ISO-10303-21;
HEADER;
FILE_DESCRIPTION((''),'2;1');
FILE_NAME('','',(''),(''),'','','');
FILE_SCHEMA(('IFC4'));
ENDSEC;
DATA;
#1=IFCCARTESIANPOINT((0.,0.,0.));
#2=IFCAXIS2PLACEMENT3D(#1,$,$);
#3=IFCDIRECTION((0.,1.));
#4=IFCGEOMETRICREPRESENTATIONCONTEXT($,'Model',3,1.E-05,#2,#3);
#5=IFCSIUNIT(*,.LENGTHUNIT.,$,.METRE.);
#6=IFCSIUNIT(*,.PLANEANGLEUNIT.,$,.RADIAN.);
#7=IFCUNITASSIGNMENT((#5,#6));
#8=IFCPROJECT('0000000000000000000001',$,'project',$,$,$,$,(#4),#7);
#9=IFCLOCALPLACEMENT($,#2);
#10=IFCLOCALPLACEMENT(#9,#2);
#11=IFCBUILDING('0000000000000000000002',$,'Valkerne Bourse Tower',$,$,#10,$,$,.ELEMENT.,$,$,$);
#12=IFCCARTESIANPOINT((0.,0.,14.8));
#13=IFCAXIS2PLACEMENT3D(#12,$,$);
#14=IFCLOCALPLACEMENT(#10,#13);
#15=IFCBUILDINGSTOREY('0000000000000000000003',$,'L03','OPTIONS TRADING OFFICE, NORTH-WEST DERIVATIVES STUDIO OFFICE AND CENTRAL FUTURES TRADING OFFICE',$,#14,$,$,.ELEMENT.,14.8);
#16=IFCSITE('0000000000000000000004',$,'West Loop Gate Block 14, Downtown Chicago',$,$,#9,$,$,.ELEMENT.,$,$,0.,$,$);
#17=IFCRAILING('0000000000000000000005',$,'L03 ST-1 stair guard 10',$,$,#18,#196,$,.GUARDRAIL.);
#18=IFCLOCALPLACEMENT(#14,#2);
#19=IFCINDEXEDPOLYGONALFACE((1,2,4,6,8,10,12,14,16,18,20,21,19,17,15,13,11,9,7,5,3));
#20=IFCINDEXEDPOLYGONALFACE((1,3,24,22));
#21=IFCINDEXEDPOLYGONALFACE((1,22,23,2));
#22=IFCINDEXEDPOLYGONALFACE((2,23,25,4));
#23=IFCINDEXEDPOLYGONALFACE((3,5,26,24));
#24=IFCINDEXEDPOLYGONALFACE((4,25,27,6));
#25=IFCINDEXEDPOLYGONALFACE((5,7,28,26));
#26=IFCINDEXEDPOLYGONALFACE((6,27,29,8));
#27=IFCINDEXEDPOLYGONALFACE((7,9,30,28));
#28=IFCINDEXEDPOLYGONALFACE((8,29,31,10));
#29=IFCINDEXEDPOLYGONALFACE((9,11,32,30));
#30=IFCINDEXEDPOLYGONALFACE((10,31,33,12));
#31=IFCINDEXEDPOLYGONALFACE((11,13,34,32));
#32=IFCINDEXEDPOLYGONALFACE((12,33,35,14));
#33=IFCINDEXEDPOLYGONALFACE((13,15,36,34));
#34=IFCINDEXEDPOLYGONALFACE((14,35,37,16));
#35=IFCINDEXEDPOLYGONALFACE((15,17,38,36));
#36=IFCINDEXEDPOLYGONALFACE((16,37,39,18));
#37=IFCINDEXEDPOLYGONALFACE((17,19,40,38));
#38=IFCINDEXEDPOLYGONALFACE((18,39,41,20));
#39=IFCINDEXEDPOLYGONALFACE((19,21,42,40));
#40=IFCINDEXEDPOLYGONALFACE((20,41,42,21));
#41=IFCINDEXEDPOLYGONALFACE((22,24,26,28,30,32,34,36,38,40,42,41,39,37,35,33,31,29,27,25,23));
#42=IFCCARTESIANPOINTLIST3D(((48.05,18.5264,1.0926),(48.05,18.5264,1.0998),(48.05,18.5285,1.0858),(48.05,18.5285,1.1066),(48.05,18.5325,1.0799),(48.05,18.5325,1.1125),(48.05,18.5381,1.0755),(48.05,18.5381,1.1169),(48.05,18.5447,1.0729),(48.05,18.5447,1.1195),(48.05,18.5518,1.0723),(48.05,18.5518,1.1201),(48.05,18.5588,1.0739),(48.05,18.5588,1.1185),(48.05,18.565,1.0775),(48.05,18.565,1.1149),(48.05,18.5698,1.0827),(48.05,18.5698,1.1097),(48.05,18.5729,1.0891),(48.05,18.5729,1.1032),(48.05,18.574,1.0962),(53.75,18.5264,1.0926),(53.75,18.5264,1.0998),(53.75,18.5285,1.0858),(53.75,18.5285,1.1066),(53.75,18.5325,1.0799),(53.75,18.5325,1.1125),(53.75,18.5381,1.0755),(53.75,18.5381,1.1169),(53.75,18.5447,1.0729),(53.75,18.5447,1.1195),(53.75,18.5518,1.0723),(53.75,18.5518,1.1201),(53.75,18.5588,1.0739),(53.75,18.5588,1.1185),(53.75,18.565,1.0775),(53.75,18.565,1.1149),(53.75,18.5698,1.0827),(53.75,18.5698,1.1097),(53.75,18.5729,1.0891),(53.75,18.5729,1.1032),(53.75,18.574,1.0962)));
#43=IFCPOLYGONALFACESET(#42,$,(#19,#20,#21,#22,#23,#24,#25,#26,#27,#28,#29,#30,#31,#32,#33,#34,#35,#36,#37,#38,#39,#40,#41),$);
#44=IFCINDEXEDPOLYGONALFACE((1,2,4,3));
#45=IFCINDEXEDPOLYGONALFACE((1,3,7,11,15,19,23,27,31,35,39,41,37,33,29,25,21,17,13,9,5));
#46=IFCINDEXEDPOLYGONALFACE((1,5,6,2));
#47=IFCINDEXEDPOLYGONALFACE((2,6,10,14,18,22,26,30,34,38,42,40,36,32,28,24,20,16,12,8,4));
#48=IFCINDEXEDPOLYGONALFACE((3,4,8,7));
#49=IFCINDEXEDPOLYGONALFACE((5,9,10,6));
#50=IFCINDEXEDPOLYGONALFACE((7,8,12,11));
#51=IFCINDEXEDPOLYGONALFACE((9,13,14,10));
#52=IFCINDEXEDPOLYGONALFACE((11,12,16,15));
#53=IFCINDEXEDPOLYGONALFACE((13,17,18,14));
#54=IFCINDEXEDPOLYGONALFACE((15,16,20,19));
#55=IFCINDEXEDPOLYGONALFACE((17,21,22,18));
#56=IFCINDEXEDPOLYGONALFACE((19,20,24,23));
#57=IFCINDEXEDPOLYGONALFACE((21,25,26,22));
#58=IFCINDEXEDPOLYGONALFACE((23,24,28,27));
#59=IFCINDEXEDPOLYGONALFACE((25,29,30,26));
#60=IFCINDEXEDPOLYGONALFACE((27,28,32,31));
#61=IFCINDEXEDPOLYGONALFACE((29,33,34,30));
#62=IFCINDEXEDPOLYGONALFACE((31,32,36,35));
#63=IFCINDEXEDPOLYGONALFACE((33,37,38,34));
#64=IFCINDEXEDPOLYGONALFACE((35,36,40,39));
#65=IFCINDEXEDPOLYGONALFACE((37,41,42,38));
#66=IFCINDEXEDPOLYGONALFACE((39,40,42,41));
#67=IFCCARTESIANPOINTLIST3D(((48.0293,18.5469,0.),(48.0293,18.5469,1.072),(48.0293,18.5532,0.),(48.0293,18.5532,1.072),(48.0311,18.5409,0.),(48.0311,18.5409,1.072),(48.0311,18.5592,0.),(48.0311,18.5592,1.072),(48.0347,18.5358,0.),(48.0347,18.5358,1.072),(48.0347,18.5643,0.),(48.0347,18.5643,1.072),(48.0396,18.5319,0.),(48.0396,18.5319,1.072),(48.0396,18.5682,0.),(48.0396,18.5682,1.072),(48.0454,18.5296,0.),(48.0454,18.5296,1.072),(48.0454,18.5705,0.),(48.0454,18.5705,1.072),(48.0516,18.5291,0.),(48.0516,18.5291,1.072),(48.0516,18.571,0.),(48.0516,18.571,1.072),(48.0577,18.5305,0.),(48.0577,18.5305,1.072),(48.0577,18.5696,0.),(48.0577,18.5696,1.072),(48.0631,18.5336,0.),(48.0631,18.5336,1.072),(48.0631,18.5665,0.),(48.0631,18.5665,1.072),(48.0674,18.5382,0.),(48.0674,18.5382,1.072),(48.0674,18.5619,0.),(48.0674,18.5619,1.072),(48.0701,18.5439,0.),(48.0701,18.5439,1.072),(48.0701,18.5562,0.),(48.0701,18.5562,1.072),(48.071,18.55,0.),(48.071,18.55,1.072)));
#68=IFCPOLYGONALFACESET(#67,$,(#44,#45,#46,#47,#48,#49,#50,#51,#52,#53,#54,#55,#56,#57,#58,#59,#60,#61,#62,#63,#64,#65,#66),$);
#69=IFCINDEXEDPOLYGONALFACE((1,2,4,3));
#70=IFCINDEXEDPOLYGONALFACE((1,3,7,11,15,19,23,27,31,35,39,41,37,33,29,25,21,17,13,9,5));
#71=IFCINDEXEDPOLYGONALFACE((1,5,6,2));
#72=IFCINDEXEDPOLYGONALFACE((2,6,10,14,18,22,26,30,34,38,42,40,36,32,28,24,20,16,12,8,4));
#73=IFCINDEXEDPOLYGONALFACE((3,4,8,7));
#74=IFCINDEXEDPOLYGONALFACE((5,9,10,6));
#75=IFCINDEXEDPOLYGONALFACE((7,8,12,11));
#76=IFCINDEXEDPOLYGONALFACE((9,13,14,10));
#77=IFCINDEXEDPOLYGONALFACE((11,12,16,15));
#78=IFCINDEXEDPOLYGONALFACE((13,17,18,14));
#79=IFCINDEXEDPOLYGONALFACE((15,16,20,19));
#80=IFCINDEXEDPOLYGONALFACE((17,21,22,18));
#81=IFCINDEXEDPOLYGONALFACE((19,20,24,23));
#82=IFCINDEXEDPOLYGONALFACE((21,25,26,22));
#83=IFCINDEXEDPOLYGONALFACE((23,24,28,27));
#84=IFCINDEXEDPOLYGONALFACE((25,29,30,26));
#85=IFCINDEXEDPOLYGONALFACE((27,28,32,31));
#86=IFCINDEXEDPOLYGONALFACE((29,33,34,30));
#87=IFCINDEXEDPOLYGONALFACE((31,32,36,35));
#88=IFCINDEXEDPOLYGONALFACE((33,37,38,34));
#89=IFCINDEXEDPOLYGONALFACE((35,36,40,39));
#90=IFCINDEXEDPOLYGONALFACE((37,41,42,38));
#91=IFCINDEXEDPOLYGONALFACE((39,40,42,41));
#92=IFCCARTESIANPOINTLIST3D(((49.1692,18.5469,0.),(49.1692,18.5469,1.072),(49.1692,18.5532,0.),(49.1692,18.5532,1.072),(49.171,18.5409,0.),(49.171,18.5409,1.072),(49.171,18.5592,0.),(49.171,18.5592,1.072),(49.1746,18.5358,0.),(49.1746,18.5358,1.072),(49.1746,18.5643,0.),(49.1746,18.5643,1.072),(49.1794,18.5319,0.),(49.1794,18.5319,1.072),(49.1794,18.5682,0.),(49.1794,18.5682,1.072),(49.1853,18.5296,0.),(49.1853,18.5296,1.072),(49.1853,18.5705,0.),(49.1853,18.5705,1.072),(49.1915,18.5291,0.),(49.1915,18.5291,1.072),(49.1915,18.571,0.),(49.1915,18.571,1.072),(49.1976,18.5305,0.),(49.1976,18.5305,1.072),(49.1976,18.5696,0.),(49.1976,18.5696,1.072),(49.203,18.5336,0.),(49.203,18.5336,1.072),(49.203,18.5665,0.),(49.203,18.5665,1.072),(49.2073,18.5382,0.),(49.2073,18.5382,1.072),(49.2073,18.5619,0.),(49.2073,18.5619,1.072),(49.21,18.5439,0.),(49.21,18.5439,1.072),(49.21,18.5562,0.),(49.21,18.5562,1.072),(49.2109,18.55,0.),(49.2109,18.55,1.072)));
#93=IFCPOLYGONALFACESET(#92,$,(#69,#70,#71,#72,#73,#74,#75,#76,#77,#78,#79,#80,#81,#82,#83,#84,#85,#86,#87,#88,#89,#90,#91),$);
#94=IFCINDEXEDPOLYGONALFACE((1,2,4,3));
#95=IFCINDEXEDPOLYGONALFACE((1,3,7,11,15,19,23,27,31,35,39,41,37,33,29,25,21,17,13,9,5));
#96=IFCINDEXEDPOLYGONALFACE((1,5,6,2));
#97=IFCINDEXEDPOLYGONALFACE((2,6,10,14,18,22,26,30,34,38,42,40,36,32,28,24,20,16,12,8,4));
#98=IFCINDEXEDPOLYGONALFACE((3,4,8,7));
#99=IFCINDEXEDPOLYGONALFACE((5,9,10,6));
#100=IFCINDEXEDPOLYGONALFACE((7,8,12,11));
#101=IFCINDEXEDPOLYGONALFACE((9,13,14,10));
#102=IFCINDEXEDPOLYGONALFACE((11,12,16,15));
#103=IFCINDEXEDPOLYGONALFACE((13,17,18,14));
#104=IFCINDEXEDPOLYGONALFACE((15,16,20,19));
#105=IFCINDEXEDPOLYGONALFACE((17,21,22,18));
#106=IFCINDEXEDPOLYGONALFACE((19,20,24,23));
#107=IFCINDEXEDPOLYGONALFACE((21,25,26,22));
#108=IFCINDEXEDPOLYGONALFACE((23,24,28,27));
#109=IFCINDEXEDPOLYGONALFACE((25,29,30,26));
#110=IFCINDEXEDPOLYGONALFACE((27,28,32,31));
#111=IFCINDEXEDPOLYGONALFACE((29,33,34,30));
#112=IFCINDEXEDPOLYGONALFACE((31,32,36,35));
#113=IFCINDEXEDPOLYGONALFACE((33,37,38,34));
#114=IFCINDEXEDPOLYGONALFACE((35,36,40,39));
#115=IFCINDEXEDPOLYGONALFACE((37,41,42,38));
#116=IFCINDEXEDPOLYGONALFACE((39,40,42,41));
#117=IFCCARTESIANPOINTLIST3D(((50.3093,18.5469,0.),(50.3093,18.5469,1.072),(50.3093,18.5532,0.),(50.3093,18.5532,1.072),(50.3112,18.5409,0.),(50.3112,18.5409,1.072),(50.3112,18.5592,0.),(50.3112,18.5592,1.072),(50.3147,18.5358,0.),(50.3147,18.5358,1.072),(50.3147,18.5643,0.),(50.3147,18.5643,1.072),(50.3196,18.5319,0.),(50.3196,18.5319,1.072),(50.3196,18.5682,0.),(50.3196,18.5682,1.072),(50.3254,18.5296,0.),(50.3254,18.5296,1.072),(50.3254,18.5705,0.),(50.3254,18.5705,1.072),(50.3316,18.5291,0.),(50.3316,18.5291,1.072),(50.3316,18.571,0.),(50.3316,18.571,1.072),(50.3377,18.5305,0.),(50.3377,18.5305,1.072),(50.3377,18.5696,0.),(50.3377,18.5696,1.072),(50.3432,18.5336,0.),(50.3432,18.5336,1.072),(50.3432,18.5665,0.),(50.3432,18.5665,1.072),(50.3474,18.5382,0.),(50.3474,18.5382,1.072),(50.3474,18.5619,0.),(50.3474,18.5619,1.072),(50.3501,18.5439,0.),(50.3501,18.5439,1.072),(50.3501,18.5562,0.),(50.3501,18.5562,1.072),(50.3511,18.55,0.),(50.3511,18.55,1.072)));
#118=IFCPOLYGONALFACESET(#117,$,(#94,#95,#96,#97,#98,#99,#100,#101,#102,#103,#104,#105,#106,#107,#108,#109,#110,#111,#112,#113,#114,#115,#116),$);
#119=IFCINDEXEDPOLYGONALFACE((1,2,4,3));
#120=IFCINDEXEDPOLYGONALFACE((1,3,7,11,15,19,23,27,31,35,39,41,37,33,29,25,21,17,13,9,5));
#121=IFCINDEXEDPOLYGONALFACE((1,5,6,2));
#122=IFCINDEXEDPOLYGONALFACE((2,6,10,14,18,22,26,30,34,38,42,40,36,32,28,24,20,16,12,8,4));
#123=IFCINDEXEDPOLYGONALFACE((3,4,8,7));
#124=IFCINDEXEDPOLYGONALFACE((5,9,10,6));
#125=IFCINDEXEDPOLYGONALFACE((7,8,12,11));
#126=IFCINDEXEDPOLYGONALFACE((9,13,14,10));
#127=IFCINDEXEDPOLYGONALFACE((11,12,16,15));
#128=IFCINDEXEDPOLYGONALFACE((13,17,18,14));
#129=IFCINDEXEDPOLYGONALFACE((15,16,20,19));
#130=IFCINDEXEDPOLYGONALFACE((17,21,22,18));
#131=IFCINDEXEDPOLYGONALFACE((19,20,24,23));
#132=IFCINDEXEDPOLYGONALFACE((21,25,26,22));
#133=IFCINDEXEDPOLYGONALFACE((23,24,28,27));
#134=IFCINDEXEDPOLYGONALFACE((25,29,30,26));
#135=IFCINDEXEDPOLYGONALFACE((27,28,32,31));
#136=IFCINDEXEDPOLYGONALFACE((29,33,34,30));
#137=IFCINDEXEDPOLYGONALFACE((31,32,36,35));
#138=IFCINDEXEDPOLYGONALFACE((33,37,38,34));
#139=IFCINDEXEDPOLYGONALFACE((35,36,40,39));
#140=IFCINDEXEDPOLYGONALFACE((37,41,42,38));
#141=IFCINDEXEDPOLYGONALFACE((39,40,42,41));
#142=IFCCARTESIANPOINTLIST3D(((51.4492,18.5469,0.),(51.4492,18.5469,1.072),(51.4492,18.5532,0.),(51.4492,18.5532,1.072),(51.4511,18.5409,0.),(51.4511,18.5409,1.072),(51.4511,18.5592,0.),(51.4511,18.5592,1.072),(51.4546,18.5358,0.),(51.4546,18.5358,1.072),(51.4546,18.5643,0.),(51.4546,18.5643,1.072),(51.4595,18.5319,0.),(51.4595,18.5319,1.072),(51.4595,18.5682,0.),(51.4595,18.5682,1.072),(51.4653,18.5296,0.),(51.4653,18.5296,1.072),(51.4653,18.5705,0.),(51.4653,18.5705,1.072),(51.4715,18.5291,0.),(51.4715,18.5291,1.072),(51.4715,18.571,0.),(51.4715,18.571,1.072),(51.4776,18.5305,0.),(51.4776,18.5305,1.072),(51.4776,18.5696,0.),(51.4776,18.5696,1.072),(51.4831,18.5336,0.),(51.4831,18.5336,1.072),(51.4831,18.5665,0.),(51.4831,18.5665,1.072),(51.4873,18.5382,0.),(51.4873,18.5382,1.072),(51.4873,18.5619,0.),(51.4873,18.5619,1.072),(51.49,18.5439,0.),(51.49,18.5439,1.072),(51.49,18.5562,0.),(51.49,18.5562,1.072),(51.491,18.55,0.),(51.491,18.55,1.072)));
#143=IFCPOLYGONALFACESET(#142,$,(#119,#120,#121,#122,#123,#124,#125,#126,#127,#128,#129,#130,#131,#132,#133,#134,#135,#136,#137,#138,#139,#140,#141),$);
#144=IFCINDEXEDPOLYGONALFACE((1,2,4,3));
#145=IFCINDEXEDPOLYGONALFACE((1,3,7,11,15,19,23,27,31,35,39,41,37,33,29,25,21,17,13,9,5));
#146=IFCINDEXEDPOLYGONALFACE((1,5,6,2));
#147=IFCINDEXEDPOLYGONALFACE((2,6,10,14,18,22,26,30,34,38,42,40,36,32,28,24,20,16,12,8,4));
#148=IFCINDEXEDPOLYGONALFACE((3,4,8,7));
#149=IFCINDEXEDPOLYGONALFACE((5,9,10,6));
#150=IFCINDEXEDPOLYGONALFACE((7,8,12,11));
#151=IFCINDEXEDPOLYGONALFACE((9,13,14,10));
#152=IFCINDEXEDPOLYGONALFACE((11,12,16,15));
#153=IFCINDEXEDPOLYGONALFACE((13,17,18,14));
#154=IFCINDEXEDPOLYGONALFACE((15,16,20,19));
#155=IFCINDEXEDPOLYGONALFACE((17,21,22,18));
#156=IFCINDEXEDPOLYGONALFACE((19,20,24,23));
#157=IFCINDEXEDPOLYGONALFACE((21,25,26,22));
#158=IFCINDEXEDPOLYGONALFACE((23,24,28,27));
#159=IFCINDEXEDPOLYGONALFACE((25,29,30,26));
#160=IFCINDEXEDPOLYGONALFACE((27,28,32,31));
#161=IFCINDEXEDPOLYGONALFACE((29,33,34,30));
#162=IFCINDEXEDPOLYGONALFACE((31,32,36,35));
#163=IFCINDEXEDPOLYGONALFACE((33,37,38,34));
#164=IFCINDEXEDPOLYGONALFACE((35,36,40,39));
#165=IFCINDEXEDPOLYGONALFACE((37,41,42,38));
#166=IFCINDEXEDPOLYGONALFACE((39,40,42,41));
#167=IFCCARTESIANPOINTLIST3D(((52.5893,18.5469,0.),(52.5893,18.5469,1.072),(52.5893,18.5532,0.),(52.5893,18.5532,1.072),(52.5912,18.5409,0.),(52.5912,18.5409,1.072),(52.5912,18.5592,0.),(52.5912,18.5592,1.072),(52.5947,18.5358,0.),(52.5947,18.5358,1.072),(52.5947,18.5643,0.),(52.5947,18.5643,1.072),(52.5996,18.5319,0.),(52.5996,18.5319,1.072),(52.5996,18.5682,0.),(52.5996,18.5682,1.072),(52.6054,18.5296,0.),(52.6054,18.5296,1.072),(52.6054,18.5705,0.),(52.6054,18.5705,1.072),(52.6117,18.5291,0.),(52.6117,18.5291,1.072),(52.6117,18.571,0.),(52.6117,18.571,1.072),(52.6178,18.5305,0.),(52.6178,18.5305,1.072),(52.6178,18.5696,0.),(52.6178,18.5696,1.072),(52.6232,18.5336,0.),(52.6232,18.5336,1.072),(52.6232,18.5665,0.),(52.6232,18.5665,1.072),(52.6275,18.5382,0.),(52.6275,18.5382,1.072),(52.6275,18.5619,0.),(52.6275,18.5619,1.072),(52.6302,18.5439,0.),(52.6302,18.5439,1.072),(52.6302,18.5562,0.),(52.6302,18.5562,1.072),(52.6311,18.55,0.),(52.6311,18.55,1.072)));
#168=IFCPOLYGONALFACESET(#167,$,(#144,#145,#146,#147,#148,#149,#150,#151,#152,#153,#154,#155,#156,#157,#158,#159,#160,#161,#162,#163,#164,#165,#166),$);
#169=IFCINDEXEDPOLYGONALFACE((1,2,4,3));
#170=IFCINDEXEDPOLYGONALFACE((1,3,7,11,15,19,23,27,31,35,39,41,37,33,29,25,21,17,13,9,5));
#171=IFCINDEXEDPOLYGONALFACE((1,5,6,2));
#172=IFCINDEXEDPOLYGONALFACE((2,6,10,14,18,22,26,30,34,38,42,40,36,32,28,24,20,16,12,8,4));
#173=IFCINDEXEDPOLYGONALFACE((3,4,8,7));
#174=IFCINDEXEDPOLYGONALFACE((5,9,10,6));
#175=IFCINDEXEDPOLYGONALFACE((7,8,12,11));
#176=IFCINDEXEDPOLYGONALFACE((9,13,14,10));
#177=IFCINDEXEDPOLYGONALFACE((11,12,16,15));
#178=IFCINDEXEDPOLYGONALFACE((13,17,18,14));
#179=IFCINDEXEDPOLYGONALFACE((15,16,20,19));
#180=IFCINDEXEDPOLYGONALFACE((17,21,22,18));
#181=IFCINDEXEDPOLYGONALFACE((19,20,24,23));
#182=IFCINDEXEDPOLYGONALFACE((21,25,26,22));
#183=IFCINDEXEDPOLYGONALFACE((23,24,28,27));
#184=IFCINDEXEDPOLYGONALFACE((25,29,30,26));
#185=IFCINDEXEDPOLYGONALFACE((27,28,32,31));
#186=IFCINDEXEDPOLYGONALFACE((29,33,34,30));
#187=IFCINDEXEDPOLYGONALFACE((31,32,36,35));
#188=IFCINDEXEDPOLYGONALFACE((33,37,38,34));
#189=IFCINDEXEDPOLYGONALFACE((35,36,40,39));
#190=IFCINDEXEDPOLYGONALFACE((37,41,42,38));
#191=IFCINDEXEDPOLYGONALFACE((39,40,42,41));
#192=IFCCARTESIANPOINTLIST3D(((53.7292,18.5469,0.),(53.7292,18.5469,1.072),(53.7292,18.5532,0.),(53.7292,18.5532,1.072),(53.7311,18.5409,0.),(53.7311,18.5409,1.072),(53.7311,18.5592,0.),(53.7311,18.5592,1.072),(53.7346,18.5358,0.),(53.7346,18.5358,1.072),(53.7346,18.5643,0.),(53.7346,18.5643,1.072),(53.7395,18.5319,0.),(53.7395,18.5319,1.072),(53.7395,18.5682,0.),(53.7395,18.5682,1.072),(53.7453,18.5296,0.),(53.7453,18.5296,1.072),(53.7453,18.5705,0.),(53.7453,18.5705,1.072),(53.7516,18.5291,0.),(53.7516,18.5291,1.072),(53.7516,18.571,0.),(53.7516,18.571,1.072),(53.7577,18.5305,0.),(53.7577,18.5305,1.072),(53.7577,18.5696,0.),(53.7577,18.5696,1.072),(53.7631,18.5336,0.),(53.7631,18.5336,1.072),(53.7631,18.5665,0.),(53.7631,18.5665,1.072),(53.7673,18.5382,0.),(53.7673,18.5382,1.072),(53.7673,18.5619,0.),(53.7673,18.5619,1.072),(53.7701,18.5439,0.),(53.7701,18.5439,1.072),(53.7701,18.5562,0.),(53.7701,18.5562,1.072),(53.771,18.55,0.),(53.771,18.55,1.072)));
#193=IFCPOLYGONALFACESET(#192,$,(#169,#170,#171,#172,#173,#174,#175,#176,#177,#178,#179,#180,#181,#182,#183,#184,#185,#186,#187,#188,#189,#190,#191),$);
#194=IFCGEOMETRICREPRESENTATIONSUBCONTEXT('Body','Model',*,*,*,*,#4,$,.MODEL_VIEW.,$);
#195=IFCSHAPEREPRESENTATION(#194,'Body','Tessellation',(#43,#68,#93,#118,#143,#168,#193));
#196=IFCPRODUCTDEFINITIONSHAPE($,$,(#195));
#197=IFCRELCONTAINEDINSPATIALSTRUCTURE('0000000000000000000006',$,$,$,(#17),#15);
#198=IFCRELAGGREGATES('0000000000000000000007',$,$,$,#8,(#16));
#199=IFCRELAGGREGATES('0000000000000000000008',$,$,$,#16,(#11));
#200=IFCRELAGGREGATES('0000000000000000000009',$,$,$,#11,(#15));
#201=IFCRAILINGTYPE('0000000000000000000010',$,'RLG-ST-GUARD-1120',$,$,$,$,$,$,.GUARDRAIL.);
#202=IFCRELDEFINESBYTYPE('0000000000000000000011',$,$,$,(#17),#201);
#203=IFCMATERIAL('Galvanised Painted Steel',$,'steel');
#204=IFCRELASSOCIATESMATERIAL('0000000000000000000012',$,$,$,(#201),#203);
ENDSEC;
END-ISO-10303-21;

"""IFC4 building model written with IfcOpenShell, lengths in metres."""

from ifc_helpers import new_model, si_unit, direction, frame, origin, origin_2d, place, context, subcontext, project, spatial, circle, extrude, material, type_object, element, save


model = new_model("IFC4")

# Units and contexts
model_context = context("Model", 3, precision=1e-05, world=origin(), true_north=direction((0.0, 1.0)))
body_context = subcontext(model_context, "Body", "Model", "MODEL_VIEW")
ifc_project = project(units=[si_unit("LENGTHUNIT", "METRE"), si_unit("PLANEANGLEUNIT", "RADIAN")], contexts=[model_context])

# Site, building, storey
site_placement = place(None, origin())
site = spatial("IfcSite", under=ifc_project, at=site_placement, Name="West Loop Gate Block 14, Downtown Chicago", CompositionType="ELEMENT", RefElevation=0.0)
building_placement = place(site_placement, origin())
building = spatial("IfcBuilding", under=site, at=building_placement, Name="Valkerne Bourse Tower", CompositionType="ELEMENT")
storey_placement = place(building_placement, frame((0.0, 0.0, 14.8)))
storey = spatial("IfcBuildingStorey", under=building, at=storey_placement, Name="L03", Description="OPTIONS TRADING OFFICE, NORTH-WEST DERIVATIVES STUDIO OFFICE AND CENTRAL FUTURES TRADING OFFICE", CompositionType="ELEMENT", Elevation=14.8)

# Shared definitions
ifc_material_1 = material(Name="Galvanised Painted Steel", Category="steel")

# Railing
railing_type_1 = type_object("IfcRailingType", Name="RLG-ST-GUARD-1120", PredefinedType="GUARDRAIL", material=ifc_material_1)
railing_1_placement = place(storey_placement, frame((48.05, 18.55, 0.0)))
element("IfcRailing", 1, at=railing_1_placement, inside=storey, type_object=railing_type_1, Name="L03 ST-1 stair guard 10", PredefinedType="GUARDRAIL", context=body_context, shape_type="SweptSolid", body=[
    extrude(circle(Radius=0.0239, at=origin_2d()), frame((0.0, 0.0, 1.0962), z_axis=(1.0, 0.0, 0.0), x_axis=(0.0, 1.0, 0.0)), (0.0, 0.0, 1.0), 5.7),
    extrude(circle(Radius=0.021, at=origin_2d()), origin(), (0.0, 0.0, 1.0), 1.072),
    extrude(circle(Radius=0.021, at=origin_2d()), frame((1.1399, 0.0, 0.0)), (0.0, 0.0, 1.0), 1.072),
    extrude(circle(Radius=0.021, at=origin_2d()), frame((2.28, 0.0, 0.0)), (0.0, 0.0, 1.0), 1.072),
    extrude(circle(Radius=0.021, at=origin_2d()), frame((3.4199, 0.0, 0.0)), (0.0, 0.0, 1.0), 1.072),
    extrude(circle(Radius=0.021, at=origin_2d()), frame((4.5601, 0.0, 0.0)), (0.0, 0.0, 1.0), 1.072),
    extrude(circle(Radius=0.021, at=origin_2d()), frame((5.7, 0.0, 0.0)), (0.0, 0.0, 1.0), 1.072),
])

save(model, "model.ifc")
